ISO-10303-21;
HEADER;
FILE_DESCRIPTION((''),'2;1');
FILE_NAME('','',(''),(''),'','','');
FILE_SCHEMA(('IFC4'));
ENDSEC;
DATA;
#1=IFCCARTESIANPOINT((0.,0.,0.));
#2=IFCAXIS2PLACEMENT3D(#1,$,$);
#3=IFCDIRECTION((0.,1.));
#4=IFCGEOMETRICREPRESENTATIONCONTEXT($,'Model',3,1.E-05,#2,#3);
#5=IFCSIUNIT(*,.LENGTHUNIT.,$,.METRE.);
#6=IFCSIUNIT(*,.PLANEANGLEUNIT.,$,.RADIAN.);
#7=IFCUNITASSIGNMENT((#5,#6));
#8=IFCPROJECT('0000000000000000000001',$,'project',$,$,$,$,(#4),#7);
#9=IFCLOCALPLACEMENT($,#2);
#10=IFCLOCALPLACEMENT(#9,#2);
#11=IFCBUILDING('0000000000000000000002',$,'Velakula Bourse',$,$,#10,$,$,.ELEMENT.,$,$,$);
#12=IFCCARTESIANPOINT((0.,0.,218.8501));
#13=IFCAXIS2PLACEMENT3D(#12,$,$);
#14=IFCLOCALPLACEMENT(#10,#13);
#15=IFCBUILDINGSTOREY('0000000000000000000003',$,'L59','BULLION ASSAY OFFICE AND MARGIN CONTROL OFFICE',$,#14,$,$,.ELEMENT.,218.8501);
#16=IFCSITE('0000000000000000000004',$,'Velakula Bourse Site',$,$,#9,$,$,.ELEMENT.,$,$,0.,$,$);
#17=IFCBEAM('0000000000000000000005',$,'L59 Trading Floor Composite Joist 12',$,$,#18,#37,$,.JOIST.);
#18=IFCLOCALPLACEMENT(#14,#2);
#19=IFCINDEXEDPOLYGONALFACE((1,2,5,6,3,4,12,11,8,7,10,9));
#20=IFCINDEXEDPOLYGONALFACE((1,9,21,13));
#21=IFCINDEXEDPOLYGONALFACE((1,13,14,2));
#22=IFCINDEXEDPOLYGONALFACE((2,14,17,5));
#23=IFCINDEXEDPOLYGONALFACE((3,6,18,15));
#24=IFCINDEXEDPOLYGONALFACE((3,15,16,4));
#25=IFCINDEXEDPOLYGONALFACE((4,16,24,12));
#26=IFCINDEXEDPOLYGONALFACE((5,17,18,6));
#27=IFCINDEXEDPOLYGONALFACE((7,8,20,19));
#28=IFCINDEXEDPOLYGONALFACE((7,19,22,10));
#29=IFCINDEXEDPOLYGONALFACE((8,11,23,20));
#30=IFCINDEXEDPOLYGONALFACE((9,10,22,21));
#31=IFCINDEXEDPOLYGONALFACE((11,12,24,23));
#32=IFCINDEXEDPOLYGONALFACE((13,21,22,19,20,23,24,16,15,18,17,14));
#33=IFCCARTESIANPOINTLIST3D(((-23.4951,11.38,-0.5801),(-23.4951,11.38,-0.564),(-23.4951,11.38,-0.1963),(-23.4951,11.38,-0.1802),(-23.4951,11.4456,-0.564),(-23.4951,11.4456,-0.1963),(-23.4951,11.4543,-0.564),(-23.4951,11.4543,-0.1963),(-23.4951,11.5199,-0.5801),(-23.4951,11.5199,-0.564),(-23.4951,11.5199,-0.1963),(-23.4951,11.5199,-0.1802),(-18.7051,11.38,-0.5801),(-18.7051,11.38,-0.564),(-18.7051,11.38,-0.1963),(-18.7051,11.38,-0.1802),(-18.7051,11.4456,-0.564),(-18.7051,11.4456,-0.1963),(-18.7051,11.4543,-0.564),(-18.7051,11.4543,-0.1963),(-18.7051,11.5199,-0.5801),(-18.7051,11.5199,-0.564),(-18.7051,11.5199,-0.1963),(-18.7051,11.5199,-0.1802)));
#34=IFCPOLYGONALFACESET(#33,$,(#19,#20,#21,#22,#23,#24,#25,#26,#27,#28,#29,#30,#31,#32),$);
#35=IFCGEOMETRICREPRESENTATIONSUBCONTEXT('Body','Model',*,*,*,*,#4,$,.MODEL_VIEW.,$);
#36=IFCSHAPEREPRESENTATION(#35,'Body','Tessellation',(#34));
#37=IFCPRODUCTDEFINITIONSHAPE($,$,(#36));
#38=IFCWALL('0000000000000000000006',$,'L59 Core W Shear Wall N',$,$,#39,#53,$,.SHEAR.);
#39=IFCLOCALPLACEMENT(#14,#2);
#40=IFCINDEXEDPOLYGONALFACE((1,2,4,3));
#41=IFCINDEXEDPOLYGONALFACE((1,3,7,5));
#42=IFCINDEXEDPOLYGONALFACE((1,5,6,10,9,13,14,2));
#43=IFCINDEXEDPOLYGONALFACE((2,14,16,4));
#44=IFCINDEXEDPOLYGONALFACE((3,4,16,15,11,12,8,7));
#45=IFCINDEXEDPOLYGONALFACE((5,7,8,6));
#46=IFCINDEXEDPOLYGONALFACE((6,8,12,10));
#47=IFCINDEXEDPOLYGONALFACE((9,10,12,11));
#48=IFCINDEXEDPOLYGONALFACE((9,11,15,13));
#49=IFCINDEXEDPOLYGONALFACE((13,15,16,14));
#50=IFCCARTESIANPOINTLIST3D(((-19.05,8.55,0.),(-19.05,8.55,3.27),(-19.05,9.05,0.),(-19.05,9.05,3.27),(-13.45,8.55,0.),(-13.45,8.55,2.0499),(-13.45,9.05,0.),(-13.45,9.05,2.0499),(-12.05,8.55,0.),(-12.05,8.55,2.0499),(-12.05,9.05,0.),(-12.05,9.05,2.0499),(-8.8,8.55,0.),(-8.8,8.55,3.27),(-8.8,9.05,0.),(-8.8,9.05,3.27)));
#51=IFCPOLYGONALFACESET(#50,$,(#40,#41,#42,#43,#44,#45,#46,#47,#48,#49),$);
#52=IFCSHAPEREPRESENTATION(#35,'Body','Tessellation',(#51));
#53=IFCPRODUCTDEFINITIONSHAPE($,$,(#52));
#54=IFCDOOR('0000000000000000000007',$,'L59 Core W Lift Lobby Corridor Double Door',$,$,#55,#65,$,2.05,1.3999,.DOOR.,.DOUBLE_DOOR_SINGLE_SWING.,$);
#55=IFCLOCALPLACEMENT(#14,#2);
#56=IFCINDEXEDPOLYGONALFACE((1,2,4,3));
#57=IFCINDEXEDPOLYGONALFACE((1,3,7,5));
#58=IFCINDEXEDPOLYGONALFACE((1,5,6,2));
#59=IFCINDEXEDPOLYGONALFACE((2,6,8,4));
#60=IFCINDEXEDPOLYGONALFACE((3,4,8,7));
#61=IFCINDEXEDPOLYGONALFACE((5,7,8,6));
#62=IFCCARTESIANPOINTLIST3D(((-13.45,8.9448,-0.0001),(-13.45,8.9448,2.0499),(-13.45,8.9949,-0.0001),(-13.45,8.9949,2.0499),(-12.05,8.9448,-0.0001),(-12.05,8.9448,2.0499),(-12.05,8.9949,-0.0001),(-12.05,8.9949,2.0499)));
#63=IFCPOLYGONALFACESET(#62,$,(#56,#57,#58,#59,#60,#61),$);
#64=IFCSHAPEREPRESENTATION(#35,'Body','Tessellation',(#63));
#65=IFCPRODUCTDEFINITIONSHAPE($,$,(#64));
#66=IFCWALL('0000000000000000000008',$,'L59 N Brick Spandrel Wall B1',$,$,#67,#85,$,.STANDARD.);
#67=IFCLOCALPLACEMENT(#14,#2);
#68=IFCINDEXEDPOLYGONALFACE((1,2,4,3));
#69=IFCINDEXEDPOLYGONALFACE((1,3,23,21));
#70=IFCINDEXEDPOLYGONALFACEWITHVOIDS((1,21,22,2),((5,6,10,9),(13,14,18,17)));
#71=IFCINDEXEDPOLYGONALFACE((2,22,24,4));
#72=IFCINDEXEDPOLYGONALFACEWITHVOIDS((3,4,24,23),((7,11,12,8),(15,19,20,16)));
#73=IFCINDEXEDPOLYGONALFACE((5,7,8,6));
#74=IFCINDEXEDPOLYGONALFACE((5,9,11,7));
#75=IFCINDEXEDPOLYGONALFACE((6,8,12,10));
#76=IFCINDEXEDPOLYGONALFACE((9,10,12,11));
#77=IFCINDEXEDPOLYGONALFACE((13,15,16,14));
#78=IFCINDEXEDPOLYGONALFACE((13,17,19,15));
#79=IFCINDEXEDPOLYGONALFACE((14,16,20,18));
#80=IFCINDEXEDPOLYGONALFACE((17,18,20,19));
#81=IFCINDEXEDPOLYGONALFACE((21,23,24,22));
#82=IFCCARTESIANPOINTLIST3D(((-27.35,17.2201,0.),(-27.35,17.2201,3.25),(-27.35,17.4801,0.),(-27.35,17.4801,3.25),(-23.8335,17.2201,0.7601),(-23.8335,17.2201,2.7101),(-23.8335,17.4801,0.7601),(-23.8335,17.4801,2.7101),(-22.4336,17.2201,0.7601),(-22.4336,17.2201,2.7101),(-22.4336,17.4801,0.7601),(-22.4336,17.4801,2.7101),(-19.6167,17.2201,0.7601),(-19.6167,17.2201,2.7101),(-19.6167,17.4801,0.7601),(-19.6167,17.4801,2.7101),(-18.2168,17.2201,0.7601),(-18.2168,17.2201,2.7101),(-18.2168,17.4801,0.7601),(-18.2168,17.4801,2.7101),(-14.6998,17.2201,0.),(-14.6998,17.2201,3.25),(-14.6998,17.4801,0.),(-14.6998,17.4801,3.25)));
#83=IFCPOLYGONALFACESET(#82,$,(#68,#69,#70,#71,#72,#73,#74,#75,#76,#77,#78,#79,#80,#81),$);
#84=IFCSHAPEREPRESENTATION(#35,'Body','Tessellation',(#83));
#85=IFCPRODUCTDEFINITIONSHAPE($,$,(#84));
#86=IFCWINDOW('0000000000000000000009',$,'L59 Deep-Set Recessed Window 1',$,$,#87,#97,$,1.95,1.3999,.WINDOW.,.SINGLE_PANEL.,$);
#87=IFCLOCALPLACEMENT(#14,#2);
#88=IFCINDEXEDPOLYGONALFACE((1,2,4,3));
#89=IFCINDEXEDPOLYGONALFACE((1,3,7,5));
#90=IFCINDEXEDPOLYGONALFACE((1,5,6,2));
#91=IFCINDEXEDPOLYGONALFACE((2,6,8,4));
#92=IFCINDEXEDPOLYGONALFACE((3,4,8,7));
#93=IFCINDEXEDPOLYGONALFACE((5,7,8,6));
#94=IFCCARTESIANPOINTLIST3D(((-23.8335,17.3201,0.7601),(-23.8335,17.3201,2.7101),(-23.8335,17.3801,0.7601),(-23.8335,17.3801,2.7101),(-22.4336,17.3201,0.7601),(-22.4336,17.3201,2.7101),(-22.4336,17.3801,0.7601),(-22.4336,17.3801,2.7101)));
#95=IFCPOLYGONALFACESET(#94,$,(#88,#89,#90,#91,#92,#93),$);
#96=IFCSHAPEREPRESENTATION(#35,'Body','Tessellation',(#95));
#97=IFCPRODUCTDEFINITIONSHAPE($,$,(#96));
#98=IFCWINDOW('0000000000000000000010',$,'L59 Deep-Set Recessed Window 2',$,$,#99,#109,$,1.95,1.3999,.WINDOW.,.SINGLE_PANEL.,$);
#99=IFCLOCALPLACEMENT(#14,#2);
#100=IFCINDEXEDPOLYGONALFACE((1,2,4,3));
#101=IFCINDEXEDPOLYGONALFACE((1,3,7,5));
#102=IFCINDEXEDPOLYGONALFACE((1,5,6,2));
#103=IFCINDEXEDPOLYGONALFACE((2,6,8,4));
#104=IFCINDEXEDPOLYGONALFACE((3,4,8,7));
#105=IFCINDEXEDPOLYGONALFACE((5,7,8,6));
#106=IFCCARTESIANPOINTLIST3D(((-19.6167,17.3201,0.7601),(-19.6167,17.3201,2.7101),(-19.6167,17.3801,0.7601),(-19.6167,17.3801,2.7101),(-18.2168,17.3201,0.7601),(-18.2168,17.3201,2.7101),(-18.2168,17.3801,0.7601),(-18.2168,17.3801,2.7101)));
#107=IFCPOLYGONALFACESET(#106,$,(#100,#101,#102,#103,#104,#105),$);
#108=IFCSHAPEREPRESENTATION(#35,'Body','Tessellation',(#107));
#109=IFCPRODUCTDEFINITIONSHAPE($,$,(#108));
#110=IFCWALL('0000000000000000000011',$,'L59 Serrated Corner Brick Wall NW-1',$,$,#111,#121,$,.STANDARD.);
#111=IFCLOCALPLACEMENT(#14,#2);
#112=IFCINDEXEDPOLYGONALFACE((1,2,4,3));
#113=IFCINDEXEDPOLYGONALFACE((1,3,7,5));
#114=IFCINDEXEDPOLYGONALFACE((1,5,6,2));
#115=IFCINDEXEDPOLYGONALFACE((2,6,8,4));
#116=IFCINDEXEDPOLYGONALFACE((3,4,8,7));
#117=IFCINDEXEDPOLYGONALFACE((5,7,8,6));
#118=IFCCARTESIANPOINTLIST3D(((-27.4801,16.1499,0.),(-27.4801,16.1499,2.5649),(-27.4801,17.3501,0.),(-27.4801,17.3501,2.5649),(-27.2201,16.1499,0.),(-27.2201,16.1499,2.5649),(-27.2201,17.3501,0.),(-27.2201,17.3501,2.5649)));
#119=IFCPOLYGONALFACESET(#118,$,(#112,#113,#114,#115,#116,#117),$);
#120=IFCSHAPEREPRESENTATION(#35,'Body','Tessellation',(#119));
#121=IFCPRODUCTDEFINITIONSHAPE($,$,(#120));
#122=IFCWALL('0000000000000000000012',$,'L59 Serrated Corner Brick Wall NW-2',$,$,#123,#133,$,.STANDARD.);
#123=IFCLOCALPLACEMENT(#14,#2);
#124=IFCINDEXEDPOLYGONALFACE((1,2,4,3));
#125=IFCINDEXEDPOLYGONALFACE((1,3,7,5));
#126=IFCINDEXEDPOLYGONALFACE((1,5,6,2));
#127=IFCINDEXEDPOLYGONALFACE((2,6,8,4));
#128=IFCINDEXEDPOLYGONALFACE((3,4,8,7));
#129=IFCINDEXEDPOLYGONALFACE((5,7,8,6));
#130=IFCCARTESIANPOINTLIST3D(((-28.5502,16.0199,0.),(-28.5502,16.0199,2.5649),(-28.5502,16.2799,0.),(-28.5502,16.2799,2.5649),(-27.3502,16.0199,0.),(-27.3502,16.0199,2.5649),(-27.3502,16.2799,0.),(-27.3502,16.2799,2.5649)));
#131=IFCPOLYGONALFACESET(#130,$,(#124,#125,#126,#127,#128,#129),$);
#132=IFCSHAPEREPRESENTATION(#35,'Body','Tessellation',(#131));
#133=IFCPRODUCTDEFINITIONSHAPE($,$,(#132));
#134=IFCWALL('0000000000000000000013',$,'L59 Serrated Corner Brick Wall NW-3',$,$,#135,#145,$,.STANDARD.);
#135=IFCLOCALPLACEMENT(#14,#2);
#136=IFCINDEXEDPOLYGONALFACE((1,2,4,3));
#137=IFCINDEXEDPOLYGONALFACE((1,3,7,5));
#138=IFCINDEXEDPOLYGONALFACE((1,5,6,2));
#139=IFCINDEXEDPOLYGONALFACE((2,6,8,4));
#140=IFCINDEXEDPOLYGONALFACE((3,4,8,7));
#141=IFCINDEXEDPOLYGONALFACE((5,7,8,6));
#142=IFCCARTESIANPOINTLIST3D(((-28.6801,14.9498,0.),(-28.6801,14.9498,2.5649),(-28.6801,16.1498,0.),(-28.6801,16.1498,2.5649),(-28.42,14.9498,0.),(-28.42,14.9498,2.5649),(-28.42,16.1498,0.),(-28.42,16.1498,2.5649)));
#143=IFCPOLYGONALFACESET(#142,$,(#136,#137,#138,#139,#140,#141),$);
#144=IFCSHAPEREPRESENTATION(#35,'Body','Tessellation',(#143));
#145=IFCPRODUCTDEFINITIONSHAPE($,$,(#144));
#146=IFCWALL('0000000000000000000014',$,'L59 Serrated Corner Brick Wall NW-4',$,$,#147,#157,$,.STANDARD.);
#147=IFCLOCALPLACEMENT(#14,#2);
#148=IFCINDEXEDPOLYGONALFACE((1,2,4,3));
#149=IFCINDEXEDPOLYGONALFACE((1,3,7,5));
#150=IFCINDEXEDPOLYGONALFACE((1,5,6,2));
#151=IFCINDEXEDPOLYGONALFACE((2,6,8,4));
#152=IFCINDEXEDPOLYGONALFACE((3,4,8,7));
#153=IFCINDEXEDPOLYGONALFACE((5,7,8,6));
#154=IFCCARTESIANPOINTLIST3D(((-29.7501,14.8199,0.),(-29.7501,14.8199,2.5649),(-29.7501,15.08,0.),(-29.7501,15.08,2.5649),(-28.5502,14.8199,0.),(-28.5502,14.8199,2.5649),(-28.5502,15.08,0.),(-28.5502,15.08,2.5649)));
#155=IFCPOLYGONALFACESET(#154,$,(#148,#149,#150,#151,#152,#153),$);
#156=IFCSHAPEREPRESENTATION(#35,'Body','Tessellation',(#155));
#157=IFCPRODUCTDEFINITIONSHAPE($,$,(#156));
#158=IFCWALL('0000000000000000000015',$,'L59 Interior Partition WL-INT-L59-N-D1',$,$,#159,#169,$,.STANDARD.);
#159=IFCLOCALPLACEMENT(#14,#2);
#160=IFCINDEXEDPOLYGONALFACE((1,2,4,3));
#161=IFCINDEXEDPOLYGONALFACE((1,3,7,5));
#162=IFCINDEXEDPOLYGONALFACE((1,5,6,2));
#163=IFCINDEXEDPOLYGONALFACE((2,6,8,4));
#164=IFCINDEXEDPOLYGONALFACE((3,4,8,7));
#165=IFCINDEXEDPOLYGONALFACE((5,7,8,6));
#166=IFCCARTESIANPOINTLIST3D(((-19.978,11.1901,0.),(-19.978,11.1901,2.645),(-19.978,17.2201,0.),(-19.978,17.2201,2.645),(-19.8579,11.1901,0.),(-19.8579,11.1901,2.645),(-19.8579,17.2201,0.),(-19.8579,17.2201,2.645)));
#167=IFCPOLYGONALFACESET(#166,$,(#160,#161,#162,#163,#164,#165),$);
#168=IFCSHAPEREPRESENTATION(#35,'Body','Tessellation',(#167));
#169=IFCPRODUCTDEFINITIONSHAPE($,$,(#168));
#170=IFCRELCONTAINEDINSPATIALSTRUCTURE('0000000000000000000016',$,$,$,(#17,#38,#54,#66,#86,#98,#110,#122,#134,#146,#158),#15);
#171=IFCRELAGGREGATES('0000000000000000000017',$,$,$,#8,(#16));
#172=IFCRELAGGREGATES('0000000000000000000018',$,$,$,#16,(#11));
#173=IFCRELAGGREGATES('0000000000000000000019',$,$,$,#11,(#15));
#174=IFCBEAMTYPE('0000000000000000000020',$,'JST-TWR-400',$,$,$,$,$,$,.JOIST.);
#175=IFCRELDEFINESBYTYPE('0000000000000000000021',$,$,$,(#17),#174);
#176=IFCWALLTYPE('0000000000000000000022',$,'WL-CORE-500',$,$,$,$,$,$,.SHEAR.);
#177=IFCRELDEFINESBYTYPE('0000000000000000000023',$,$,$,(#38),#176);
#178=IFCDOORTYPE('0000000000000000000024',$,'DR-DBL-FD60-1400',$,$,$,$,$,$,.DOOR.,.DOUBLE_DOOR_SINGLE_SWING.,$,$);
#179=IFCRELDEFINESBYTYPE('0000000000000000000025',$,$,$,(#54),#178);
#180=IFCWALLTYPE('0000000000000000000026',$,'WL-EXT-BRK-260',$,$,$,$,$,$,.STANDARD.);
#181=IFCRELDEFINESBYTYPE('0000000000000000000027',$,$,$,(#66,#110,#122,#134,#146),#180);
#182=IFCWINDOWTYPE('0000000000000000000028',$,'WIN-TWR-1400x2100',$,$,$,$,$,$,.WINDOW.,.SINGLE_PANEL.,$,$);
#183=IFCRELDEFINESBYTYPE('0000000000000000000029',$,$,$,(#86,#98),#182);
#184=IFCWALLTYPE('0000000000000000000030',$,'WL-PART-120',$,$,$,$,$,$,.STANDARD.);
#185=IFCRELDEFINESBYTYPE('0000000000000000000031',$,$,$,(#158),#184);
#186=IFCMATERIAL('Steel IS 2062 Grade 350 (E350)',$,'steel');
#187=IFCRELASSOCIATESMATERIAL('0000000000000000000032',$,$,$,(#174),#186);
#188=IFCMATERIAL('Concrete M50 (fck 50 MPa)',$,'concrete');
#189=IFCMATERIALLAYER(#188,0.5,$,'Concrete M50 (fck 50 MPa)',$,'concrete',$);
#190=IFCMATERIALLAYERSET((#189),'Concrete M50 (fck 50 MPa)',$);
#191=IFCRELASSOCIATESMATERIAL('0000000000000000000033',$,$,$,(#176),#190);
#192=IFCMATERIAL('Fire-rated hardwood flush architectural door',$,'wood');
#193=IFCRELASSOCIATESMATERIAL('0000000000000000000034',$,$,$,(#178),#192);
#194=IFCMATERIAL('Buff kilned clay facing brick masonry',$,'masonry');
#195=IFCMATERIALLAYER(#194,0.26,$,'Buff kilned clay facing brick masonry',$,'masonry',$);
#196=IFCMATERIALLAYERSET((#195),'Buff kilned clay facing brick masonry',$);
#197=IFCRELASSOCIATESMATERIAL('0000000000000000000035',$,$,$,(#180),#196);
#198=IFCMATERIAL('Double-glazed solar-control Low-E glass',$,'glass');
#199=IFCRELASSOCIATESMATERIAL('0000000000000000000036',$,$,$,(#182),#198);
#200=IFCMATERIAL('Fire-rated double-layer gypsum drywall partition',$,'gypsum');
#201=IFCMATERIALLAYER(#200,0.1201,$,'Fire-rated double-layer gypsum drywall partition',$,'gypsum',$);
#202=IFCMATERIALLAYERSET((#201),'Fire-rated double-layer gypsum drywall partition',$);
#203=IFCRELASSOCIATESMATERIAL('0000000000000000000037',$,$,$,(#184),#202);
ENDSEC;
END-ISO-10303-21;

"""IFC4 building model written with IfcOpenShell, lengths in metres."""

from ifc_helpers import new_model, si_unit, direction, frame, frame_2d, origin, origin_2d, place, context, subcontext, project, spatial, rectangle, i_section, extrude, material, layer, layer_set, material_profile, profile_set, type_object, element, fill, save


model = new_model("IFC4")

# Units and contexts
model_context = context("Model", 3, precision=1e-05, world=origin(), true_north=direction((0.0, 1.0)))
body_context = subcontext(model_context, "Body", "Model", "MODEL_VIEW")
ifc_project = project(units=[si_unit("LENGTHUNIT", "METRE"), si_unit("PLANEANGLEUNIT", "RADIAN")], contexts=[model_context])

# Site, building, storey
site_placement = place(None, origin())
site = spatial("IfcSite", under=ifc_project, at=site_placement, Name="Velakula Bourse Site", CompositionType="ELEMENT", RefElevation=0.0)
building_placement = place(site_placement, origin())
building = spatial("IfcBuilding", under=site, at=building_placement, Name="Velakula Bourse", CompositionType="ELEMENT")
storey_placement = place(building_placement, frame((0.0, 0.0, 218.8501)))
storey = spatial("IfcBuildingStorey", under=building, at=storey_placement, Name="L59", Description="BULLION ASSAY OFFICE AND MARGIN CONTROL OFFICE", CompositionType="ELEMENT", Elevation=218.8501)

# Shared definitions
ifc_material_1 = material(Name="Steel IS 2062 Grade 350 (E350)", Category="steel")

# Beam
ifc_material_profile_1 = material_profile(ifc_material_1, i_section(OverallWidth=0.1399, OverallDepth=0.3999, WebThickness=0.0088, FlangeThickness=0.0161, at=origin_2d()), Name="Steel IS 2062 Grade 350 (E350)")
ifc_profile_set_1 = profile_set([ifc_material_profile_1], Name="Steel IS 2062 Grade 350 (E350)")
beam_type_1 = type_object("IfcBeamType", Name="JST-TWR-400", PredefinedType="JOIST", material=ifc_profile_set_1)
beam_1_placement = place(storey_placement, frame((-23.4951, 11.45, -0.3801), z_axis=(1.0, 0.0, 0.0), x_axis=(0.0, 1.0, 0.0)))
element("IfcBeam", 1, at=beam_1_placement, inside=storey, type_object=beam_type_1, Name="L59 Trading Floor Composite Joist 12", PredefinedType="JOIST", context=body_context, shape_type="SweptSolid", body=[
    extrude(i_section(OverallWidth=0.1399, OverallDepth=0.3999, WebThickness=0.0088, FlangeThickness=0.0161, at=origin_2d()), origin(), (0.0, 0.0, 1.0), 4.79),
])

# Wall, opening, door
ifc_material_2 = material(Name="Concrete M50 (fck 50 MPa)", Category="concrete")
ifc_layer_1 = layer(ifc_material_2, 0.5, Name="Concrete M50 (fck 50 MPa)", Category="concrete")
ifc_layer_set_1 = layer_set([ifc_layer_1], Name="Concrete M50 (fck 50 MPa)")
wall_type_1 = type_object("IfcWallType", Name="WL-CORE-500", PredefinedType="SHEAR", material=ifc_layer_set_1)
wall_1_placement = place(storey_placement, frame((-19.05, 8.8, 0.0), z_axis=(0.0, 0.0, 1.0), x_axis=(1.0, 0.0, 0.0)))
wall_1 = element("IfcWall", 2, at=wall_1_placement, inside=storey, type_object=wall_type_1, Name="L59 Core W Shear Wall N", PredefinedType="SHEAR", context=body_context, shape_type="SweptSolid", body=[
    extrude(rectangle(XDim=10.25, YDim=0.5, at=frame_2d((5.125, 0.0))), origin(), (0.0, 0.0, 1.0), 3.27),
])
opening_1_placement = place(wall_1_placement, frame((5.6001, 0.0, 0.0)))
opening_1 = element("IfcOpeningElement", 3, at=opening_1_placement, cuts=wall_1, PredefinedType="OPENING", context=body_context, shape_type="SweptSolid", body=[
    extrude(rectangle(XDim=1.3999, YDim=2.05, at=frame_2d((0.7, 1.0249))), frame((0.0, 0.26, 0.0), z_axis=(0.0, -1.0, 0.0), x_axis=(1.0, 0.0, 0.0)), (0.0, 0.0, 1.0), 0.52),
])
ifc_material_3 = material(Name="Fire-rated hardwood flush architectural door", Category="wood")
door_type_1 = type_object("IfcDoorType", Name="DR-DBL-FD60-1400", OperationType="DOUBLE_DOOR_SINGLE_SWING", PredefinedType="DOOR", material=ifc_material_3)
door_1_placement = place(opening_1_placement, origin())
door_1 = element("IfcDoor", 4, at=door_1_placement, inside=storey, type_object=door_type_1, Name="L59 Core W Lift Lobby Corridor Double Door", OperationType="DOUBLE_DOOR_SINGLE_SWING", OverallHeight=2.05, OverallWidth=1.3999, PredefinedType="DOOR", context=body_context, shape_type="SweptSolid", body=[
    extrude(rectangle(XDim=1.3999, YDim=2.05, at=frame_2d((0.7, 1.0249))), frame((0.0, 0.1948, 0.0), z_axis=(0.0, -1.0, 0.0), x_axis=(1.0, 0.0, 0.0)), (0.0, 0.0, 1.0), 0.05),
])
fill(opening_1, door_1)

# Wall, openings, windows
ifc_material_4 = material(Name="Buff kilned clay facing brick masonry", Category="masonry")
ifc_layer_2 = layer(ifc_material_4, 0.26, Name="Buff kilned clay facing brick masonry", Category="masonry")
ifc_layer_set_2 = layer_set([ifc_layer_2], Name="Buff kilned clay facing brick masonry")
wall_type_2 = type_object("IfcWallType", Name="WL-EXT-BRK-260", PredefinedType="STANDARD", material=ifc_layer_set_2)
wall_2_placement = place(storey_placement, frame((-27.3501, 17.3501, 0.0), z_axis=(0.0, 0.0, 1.0), x_axis=(1.0, 0.0, 0.0)))
wall_2 = element("IfcWall", 5, at=wall_2_placement, inside=storey, type_object=wall_type_2, Name="L59 N Brick Spandrel Wall B1", PredefinedType="STANDARD", context=body_context, shape_type="SweptSolid", body=[
    extrude(rectangle(XDim=12.6501, YDim=0.26, at=frame_2d((6.3252, 0.0))), origin(), (0.0, 0.0, 1.0), 3.25),
])
opening_2_placement = place(wall_2_placement, frame((3.5166, 0.0, 0.76)))
opening_2 = element("IfcOpeningElement", 6, at=opening_2_placement, cuts=wall_2, PredefinedType="OPENING", context=body_context, shape_type="SweptSolid", body=[
    extrude(rectangle(XDim=1.3999, YDim=1.95, at=frame_2d((0.7, 0.9751))), frame((0.0, 0.1399, 0.0), z_axis=(0.0, -1.0, 0.0), x_axis=(1.0, 0.0, 0.0)), (0.0, 0.0, 1.0), 0.28),
])
opening_3_placement = place(wall_2_placement, frame((7.7334, 0.0, 0.76)))
opening_3 = element("IfcOpeningElement", 7, at=opening_3_placement, cuts=wall_2, PredefinedType="OPENING", context=body_context, shape_type="SweptSolid", body=[
    extrude(rectangle(XDim=1.3999, YDim=1.95, at=frame_2d((0.7, 0.9751))), frame((0.0, 0.1399, 0.0), z_axis=(0.0, -1.0, 0.0), x_axis=(1.0, 0.0, 0.0)), (0.0, 0.0, 1.0), 0.28),
])
ifc_material_5 = material(Name="Double-glazed solar-control Low-E glass", Category="glass")
window_type = type_object("IfcWindowType", Name="WIN-TWR-1400x2100", PartitioningType="SINGLE_PANEL", PredefinedType="WINDOW", material=ifc_material_5)
window_1_placement = place(opening_2_placement, origin())
window_1 = element("IfcWindow", 8, at=window_1_placement, inside=storey, type_object=window_type, Name="L59 Deep-Set Recessed Window 1", OverallHeight=1.95, OverallWidth=1.3999, PartitioningType="SINGLE_PANEL", PredefinedType="WINDOW", context=body_context, shape_type="SweptSolid", body=[
    extrude(rectangle(XDim=1.3999, YDim=1.95, at=frame_2d((0.7, 0.9751))), frame((0.0, 0.03, 0.0), z_axis=(0.0, -1.0, 0.0), x_axis=(1.0, 0.0, 0.0)), (0.0, 0.0, 1.0), 0.0601),
])
fill(opening_2, window_1)
window_2_placement = place(opening_3_placement, origin())
window_2 = element("IfcWindow", 9, at=window_2_placement, inside=storey, type_object=window_type, Name="L59 Deep-Set Recessed Window 2", OverallHeight=1.95, OverallWidth=1.3999, PartitioningType="SINGLE_PANEL", PredefinedType="WINDOW", context=body_context, shape_type="SweptSolid", body=[
    extrude(rectangle(XDim=1.3999, YDim=1.95, at=frame_2d((0.7, 0.9751))), frame((0.0, 0.03, 0.0), z_axis=(0.0, -1.0, 0.0), x_axis=(1.0, 0.0, 0.0)), (0.0, 0.0, 1.0), 0.0601),
])
fill(opening_3, window_2)

# Walls
wall_3_placement = place(storey_placement, frame((-27.3501, 17.3501, 0.0), z_axis=(0.0, 0.0, 1.0), x_axis=(0.0, -1.0, 0.0)))
element("IfcWall", 10, at=wall_3_placement, inside=storey, type_object=wall_type_2, Name="L59 Serrated Corner Brick Wall NW-1", PredefinedType="STANDARD", context=body_context, shape_type="SweptSolid", body=[
    extrude(rectangle(XDim=1.2002, YDim=0.26, at=frame_2d((0.6001, 0.0))), origin(), (0.0, 0.0, 1.0), 2.5649),
])
for number, where, z_axis, x_axis, name in (
    (11, (-27.3501, 16.1499, 0.0), (0.0, 0.0, 1.0), (-1.0, 0.0, 0.0), "L59 Serrated Corner Brick Wall NW-2"),
    (12, (-28.55, 16.1499, 0.0), (0.0, 0.0, 1.0), (0.0, -1.0, 0.0), "L59 Serrated Corner Brick Wall NW-3"),
    (13, (-28.55, 14.95, 0.0), (0.0, 0.0, 1.0), (-1.0, 0.0, 0.0), "L59 Serrated Corner Brick Wall NW-4"),
):
    element("IfcWall", number, at=place(storey_placement, frame(where, z_axis=z_axis, x_axis=x_axis)), inside=storey, type_object=wall_type_2, Name=name, PredefinedType="STANDARD", context=body_context, shape_type="SweptSolid", body=[
        extrude(rectangle(XDim=1.2, YDim=0.26, at=frame_2d((0.6001, 0.0))), origin(), (0.0, 0.0, 1.0), 2.5649),
    ])
ifc_material_6 = material(Name="Fire-rated double-layer gypsum drywall partition", Category="gypsum")
ifc_layer_3 = layer(ifc_material_6, 0.1201, Name="Fire-rated double-layer gypsum drywall partition", Category="gypsum")
ifc_layer_set_3 = layer_set([ifc_layer_3], Name="Fire-rated double-layer gypsum drywall partition")
wall_type_3 = type_object("IfcWallType", Name="WL-PART-120", PredefinedType="STANDARD", material=ifc_layer_set_3)
wall_4_placement = place(storey_placement, frame((-19.918, 11.1899, 0.0), z_axis=(0.0, 0.0, 1.0), x_axis=(0.0, 1.0, 0.0)))
element("IfcWall", 14, at=wall_4_placement, inside=storey, type_object=wall_type_3, Name="L59 Interior Partition WL-INT-L59-N-D1", PredefinedType="STANDARD", context=body_context, shape_type="SweptSolid", body=[
    extrude(rectangle(XDim=6.03, YDim=0.1201, at=frame_2d((3.0151, 0.0))), origin(), (0.0, 0.0, 1.0), 2.645),
])

save(model, "model.ifc")
